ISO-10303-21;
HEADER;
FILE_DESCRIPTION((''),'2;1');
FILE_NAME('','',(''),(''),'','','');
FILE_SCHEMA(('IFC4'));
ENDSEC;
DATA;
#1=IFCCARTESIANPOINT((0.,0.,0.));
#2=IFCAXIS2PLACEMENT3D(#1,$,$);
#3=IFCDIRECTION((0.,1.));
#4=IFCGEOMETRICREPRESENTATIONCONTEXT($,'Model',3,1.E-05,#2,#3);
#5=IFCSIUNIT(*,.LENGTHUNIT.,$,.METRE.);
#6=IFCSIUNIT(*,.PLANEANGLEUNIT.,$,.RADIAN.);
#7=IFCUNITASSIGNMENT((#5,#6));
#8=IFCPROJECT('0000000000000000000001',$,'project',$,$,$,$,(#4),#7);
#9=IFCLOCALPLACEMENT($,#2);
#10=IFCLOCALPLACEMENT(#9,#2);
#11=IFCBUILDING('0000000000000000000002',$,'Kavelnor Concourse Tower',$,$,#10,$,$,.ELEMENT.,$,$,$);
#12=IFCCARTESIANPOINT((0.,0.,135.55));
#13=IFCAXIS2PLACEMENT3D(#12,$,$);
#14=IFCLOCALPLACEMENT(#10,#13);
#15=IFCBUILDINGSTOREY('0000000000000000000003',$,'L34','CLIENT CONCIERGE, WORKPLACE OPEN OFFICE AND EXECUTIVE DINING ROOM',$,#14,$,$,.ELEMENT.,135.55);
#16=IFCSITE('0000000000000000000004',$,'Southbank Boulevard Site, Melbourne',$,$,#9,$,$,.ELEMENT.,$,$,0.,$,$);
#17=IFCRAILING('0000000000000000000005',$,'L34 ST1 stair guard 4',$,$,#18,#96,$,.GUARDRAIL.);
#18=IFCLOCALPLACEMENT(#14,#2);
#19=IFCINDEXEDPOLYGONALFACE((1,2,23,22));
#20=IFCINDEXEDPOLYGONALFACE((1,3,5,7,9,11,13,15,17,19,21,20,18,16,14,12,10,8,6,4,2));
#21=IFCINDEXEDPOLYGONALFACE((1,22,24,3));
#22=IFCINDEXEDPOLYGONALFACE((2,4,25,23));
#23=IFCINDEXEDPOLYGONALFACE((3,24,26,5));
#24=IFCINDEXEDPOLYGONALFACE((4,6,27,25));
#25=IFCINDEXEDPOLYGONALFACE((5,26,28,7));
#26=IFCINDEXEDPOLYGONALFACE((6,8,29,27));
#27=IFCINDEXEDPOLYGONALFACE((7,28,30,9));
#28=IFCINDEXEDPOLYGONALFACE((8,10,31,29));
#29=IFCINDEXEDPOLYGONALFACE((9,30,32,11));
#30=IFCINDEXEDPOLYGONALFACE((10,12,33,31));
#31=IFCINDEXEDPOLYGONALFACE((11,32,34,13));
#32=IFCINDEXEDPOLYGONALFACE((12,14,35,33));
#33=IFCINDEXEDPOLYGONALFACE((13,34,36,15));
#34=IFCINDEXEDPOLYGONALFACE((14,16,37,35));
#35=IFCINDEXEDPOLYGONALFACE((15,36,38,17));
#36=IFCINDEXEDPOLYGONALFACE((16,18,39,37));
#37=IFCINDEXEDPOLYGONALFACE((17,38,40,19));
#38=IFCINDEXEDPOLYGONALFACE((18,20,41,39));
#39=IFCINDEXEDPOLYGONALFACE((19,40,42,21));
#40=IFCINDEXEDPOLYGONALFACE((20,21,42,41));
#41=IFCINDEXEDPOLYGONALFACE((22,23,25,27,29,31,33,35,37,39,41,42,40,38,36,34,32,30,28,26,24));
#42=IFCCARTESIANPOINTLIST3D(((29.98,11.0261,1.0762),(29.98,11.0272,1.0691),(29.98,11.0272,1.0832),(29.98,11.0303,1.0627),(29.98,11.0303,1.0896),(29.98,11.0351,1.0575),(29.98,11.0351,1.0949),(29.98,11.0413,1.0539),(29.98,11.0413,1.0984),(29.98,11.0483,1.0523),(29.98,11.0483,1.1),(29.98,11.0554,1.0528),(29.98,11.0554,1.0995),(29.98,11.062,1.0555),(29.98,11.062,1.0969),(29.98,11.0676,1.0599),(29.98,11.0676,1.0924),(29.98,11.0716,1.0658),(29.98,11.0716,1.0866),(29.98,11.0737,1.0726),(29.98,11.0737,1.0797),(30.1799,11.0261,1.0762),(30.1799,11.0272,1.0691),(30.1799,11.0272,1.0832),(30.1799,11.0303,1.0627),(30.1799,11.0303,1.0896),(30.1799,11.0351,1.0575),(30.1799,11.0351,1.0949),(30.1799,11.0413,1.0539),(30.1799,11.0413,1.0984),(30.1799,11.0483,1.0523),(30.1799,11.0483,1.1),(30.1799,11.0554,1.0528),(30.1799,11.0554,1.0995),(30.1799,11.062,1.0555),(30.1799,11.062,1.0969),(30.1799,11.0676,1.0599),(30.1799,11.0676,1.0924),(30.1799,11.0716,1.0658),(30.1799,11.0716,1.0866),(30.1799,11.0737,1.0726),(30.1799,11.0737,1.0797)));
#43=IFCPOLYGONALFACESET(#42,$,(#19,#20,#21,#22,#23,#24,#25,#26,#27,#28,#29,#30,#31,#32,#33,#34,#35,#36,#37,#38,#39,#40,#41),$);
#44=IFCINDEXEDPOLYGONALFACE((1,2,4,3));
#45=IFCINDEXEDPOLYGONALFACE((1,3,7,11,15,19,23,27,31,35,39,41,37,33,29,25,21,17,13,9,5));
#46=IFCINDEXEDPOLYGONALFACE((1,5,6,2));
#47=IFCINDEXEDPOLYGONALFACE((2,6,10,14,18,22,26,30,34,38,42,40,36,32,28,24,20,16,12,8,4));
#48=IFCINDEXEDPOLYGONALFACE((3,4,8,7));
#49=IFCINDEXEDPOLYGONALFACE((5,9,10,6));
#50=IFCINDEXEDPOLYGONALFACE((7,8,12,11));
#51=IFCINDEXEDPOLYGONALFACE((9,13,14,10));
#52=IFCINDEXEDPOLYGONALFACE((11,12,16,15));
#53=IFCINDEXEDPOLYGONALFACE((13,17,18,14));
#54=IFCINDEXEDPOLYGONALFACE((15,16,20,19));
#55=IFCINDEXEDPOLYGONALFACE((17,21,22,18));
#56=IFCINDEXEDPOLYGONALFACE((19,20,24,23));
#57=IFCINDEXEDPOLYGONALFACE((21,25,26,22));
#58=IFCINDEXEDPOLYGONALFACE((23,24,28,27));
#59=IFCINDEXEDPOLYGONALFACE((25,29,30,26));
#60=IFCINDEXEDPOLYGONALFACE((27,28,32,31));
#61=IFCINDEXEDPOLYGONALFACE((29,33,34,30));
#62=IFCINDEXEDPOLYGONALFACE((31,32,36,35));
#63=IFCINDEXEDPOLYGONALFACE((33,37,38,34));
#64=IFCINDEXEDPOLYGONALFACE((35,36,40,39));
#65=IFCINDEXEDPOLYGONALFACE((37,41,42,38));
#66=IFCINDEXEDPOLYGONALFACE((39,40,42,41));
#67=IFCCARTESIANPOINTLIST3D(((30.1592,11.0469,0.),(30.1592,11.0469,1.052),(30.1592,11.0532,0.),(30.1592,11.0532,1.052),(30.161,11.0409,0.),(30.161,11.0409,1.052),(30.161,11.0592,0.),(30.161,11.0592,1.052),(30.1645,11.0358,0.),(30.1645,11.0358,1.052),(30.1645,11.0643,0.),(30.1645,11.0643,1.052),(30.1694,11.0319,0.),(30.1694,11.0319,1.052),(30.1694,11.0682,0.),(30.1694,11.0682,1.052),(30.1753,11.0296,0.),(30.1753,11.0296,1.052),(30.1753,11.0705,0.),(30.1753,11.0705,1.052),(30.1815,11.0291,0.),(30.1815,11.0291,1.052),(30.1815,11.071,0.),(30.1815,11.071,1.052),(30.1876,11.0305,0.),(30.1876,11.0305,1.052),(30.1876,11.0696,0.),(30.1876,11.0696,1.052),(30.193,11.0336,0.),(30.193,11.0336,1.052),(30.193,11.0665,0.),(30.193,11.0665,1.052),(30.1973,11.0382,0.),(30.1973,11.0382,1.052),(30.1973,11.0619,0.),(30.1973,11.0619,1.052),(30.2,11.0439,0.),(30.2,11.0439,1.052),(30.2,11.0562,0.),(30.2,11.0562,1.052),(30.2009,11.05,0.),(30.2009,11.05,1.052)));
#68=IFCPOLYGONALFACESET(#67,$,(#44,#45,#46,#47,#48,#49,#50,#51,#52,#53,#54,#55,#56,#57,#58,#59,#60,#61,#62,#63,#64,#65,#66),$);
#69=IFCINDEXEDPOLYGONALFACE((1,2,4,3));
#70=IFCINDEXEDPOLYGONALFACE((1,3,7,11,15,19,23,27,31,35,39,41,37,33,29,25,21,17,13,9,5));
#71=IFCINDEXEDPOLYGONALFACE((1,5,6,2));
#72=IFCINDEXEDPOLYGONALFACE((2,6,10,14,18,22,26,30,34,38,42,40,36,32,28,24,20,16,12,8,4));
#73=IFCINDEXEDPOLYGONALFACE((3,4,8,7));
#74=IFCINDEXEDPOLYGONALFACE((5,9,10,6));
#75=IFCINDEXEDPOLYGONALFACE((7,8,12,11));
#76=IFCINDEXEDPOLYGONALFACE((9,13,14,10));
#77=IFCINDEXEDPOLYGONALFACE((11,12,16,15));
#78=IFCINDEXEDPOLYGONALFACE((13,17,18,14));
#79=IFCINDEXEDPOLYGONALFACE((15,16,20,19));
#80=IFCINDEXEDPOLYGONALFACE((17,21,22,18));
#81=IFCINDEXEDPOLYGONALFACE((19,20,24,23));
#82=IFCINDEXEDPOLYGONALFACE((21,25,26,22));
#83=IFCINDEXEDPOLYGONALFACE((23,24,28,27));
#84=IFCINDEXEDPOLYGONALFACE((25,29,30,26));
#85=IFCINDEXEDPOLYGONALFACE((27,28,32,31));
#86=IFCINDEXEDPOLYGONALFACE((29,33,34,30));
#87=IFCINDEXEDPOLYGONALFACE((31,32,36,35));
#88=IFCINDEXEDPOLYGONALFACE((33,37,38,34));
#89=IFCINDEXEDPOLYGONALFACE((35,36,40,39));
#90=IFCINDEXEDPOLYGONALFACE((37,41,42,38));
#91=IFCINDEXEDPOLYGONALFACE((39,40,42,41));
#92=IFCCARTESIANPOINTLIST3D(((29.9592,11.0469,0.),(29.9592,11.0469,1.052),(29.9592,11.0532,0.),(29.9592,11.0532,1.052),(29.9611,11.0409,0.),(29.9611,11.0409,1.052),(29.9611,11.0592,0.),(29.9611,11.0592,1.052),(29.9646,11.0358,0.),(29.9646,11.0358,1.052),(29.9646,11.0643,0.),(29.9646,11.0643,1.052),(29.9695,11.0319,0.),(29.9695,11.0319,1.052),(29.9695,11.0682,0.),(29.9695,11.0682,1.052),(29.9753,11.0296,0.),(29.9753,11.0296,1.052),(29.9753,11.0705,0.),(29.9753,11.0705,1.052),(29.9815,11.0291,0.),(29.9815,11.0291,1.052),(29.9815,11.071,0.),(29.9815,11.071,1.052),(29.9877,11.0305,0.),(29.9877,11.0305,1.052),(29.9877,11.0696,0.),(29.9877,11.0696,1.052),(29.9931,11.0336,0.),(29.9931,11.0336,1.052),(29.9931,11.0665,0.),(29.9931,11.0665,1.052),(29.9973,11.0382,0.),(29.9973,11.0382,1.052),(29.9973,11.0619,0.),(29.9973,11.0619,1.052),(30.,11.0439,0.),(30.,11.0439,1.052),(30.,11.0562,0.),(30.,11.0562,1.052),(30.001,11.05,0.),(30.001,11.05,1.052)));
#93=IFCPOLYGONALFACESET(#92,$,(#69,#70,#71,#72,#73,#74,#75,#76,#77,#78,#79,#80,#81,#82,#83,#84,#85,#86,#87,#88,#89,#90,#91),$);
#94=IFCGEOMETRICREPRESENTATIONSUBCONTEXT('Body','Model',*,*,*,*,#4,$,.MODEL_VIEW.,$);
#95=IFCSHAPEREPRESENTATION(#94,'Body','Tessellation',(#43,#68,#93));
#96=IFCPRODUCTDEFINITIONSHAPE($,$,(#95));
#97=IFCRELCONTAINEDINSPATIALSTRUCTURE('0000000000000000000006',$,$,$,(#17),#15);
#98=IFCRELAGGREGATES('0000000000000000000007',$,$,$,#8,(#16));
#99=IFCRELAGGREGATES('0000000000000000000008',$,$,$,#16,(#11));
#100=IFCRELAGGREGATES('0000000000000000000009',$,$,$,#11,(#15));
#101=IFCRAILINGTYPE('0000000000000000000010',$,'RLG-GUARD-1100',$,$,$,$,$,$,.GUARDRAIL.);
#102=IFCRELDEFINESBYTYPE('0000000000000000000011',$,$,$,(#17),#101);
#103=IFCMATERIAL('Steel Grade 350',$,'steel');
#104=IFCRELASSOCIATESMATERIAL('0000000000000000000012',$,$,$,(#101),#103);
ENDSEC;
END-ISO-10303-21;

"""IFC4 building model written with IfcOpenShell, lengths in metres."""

from ifc_helpers import new_model, si_unit, direction, frame, origin, origin_2d, place, context, subcontext, project, spatial, circle, extrude, material, type_object, element, save


model = new_model("IFC4")

# Units and contexts
model_context = context("Model", 3, precision=1e-05, world=origin(), true_north=direction((0.0, 1.0)))
body_context = subcontext(model_context, "Body", "Model", "MODEL_VIEW")
ifc_project = project(units=[si_unit("LENGTHUNIT", "METRE"), si_unit("PLANEANGLEUNIT", "RADIAN")], contexts=[model_context])

# Site, building, storey
site_placement = place(None, origin())
site = spatial("IfcSite", under=ifc_project, at=site_placement, Name="Southbank Boulevard Site, Melbourne", CompositionType="ELEMENT", RefElevation=0.0)
building_placement = place(site_placement, origin())
building = spatial("IfcBuilding", under=site, at=building_placement, Name="Kavelnor Concourse Tower", CompositionType="ELEMENT")
storey_placement = place(building_placement, frame((0.0, 0.0, 135.55)))
storey = spatial("IfcBuildingStorey", under=building, at=storey_placement, Name="L34", Description="CLIENT CONCIERGE, WORKPLACE OPEN OFFICE AND EXECUTIVE DINING ROOM", CompositionType="ELEMENT", Elevation=135.55)

# Shared definitions
ifc_material_1 = material(Name="Steel Grade 350", Category="steel")

# Railing
railing_type_1 = type_object("IfcRailingType", Name="RLG-GUARD-1100", PredefinedType="GUARDRAIL", material=ifc_material_1)
railing_1_placement = place(storey_placement, frame((30.1799, 11.05, 0.0)))
element("IfcRailing", 1, at=railing_1_placement, inside=storey, type_object=railing_type_1, Name="L34 ST1 stair guard 4", PredefinedType="GUARDRAIL", context=body_context, shape_type="SweptSolid", body=[
    extrude(circle(Radius=0.0239, at=origin_2d()), frame((0.0, 0.0, 1.0762), z_axis=(-1.0, 0.0, 0.0), x_axis=(0.0, -1.0, 0.0)), (0.0, 0.0, 1.0), 0.2),
    extrude(circle(Radius=0.021, at=origin_2d()), origin(), (0.0, 0.0, 1.0), 1.052),
    extrude(circle(Radius=0.021, at=origin_2d()), frame((-0.2, 0.0, 0.0)), (0.0, 0.0, 1.0), 1.052),
])

save(model, "model.ifc")
